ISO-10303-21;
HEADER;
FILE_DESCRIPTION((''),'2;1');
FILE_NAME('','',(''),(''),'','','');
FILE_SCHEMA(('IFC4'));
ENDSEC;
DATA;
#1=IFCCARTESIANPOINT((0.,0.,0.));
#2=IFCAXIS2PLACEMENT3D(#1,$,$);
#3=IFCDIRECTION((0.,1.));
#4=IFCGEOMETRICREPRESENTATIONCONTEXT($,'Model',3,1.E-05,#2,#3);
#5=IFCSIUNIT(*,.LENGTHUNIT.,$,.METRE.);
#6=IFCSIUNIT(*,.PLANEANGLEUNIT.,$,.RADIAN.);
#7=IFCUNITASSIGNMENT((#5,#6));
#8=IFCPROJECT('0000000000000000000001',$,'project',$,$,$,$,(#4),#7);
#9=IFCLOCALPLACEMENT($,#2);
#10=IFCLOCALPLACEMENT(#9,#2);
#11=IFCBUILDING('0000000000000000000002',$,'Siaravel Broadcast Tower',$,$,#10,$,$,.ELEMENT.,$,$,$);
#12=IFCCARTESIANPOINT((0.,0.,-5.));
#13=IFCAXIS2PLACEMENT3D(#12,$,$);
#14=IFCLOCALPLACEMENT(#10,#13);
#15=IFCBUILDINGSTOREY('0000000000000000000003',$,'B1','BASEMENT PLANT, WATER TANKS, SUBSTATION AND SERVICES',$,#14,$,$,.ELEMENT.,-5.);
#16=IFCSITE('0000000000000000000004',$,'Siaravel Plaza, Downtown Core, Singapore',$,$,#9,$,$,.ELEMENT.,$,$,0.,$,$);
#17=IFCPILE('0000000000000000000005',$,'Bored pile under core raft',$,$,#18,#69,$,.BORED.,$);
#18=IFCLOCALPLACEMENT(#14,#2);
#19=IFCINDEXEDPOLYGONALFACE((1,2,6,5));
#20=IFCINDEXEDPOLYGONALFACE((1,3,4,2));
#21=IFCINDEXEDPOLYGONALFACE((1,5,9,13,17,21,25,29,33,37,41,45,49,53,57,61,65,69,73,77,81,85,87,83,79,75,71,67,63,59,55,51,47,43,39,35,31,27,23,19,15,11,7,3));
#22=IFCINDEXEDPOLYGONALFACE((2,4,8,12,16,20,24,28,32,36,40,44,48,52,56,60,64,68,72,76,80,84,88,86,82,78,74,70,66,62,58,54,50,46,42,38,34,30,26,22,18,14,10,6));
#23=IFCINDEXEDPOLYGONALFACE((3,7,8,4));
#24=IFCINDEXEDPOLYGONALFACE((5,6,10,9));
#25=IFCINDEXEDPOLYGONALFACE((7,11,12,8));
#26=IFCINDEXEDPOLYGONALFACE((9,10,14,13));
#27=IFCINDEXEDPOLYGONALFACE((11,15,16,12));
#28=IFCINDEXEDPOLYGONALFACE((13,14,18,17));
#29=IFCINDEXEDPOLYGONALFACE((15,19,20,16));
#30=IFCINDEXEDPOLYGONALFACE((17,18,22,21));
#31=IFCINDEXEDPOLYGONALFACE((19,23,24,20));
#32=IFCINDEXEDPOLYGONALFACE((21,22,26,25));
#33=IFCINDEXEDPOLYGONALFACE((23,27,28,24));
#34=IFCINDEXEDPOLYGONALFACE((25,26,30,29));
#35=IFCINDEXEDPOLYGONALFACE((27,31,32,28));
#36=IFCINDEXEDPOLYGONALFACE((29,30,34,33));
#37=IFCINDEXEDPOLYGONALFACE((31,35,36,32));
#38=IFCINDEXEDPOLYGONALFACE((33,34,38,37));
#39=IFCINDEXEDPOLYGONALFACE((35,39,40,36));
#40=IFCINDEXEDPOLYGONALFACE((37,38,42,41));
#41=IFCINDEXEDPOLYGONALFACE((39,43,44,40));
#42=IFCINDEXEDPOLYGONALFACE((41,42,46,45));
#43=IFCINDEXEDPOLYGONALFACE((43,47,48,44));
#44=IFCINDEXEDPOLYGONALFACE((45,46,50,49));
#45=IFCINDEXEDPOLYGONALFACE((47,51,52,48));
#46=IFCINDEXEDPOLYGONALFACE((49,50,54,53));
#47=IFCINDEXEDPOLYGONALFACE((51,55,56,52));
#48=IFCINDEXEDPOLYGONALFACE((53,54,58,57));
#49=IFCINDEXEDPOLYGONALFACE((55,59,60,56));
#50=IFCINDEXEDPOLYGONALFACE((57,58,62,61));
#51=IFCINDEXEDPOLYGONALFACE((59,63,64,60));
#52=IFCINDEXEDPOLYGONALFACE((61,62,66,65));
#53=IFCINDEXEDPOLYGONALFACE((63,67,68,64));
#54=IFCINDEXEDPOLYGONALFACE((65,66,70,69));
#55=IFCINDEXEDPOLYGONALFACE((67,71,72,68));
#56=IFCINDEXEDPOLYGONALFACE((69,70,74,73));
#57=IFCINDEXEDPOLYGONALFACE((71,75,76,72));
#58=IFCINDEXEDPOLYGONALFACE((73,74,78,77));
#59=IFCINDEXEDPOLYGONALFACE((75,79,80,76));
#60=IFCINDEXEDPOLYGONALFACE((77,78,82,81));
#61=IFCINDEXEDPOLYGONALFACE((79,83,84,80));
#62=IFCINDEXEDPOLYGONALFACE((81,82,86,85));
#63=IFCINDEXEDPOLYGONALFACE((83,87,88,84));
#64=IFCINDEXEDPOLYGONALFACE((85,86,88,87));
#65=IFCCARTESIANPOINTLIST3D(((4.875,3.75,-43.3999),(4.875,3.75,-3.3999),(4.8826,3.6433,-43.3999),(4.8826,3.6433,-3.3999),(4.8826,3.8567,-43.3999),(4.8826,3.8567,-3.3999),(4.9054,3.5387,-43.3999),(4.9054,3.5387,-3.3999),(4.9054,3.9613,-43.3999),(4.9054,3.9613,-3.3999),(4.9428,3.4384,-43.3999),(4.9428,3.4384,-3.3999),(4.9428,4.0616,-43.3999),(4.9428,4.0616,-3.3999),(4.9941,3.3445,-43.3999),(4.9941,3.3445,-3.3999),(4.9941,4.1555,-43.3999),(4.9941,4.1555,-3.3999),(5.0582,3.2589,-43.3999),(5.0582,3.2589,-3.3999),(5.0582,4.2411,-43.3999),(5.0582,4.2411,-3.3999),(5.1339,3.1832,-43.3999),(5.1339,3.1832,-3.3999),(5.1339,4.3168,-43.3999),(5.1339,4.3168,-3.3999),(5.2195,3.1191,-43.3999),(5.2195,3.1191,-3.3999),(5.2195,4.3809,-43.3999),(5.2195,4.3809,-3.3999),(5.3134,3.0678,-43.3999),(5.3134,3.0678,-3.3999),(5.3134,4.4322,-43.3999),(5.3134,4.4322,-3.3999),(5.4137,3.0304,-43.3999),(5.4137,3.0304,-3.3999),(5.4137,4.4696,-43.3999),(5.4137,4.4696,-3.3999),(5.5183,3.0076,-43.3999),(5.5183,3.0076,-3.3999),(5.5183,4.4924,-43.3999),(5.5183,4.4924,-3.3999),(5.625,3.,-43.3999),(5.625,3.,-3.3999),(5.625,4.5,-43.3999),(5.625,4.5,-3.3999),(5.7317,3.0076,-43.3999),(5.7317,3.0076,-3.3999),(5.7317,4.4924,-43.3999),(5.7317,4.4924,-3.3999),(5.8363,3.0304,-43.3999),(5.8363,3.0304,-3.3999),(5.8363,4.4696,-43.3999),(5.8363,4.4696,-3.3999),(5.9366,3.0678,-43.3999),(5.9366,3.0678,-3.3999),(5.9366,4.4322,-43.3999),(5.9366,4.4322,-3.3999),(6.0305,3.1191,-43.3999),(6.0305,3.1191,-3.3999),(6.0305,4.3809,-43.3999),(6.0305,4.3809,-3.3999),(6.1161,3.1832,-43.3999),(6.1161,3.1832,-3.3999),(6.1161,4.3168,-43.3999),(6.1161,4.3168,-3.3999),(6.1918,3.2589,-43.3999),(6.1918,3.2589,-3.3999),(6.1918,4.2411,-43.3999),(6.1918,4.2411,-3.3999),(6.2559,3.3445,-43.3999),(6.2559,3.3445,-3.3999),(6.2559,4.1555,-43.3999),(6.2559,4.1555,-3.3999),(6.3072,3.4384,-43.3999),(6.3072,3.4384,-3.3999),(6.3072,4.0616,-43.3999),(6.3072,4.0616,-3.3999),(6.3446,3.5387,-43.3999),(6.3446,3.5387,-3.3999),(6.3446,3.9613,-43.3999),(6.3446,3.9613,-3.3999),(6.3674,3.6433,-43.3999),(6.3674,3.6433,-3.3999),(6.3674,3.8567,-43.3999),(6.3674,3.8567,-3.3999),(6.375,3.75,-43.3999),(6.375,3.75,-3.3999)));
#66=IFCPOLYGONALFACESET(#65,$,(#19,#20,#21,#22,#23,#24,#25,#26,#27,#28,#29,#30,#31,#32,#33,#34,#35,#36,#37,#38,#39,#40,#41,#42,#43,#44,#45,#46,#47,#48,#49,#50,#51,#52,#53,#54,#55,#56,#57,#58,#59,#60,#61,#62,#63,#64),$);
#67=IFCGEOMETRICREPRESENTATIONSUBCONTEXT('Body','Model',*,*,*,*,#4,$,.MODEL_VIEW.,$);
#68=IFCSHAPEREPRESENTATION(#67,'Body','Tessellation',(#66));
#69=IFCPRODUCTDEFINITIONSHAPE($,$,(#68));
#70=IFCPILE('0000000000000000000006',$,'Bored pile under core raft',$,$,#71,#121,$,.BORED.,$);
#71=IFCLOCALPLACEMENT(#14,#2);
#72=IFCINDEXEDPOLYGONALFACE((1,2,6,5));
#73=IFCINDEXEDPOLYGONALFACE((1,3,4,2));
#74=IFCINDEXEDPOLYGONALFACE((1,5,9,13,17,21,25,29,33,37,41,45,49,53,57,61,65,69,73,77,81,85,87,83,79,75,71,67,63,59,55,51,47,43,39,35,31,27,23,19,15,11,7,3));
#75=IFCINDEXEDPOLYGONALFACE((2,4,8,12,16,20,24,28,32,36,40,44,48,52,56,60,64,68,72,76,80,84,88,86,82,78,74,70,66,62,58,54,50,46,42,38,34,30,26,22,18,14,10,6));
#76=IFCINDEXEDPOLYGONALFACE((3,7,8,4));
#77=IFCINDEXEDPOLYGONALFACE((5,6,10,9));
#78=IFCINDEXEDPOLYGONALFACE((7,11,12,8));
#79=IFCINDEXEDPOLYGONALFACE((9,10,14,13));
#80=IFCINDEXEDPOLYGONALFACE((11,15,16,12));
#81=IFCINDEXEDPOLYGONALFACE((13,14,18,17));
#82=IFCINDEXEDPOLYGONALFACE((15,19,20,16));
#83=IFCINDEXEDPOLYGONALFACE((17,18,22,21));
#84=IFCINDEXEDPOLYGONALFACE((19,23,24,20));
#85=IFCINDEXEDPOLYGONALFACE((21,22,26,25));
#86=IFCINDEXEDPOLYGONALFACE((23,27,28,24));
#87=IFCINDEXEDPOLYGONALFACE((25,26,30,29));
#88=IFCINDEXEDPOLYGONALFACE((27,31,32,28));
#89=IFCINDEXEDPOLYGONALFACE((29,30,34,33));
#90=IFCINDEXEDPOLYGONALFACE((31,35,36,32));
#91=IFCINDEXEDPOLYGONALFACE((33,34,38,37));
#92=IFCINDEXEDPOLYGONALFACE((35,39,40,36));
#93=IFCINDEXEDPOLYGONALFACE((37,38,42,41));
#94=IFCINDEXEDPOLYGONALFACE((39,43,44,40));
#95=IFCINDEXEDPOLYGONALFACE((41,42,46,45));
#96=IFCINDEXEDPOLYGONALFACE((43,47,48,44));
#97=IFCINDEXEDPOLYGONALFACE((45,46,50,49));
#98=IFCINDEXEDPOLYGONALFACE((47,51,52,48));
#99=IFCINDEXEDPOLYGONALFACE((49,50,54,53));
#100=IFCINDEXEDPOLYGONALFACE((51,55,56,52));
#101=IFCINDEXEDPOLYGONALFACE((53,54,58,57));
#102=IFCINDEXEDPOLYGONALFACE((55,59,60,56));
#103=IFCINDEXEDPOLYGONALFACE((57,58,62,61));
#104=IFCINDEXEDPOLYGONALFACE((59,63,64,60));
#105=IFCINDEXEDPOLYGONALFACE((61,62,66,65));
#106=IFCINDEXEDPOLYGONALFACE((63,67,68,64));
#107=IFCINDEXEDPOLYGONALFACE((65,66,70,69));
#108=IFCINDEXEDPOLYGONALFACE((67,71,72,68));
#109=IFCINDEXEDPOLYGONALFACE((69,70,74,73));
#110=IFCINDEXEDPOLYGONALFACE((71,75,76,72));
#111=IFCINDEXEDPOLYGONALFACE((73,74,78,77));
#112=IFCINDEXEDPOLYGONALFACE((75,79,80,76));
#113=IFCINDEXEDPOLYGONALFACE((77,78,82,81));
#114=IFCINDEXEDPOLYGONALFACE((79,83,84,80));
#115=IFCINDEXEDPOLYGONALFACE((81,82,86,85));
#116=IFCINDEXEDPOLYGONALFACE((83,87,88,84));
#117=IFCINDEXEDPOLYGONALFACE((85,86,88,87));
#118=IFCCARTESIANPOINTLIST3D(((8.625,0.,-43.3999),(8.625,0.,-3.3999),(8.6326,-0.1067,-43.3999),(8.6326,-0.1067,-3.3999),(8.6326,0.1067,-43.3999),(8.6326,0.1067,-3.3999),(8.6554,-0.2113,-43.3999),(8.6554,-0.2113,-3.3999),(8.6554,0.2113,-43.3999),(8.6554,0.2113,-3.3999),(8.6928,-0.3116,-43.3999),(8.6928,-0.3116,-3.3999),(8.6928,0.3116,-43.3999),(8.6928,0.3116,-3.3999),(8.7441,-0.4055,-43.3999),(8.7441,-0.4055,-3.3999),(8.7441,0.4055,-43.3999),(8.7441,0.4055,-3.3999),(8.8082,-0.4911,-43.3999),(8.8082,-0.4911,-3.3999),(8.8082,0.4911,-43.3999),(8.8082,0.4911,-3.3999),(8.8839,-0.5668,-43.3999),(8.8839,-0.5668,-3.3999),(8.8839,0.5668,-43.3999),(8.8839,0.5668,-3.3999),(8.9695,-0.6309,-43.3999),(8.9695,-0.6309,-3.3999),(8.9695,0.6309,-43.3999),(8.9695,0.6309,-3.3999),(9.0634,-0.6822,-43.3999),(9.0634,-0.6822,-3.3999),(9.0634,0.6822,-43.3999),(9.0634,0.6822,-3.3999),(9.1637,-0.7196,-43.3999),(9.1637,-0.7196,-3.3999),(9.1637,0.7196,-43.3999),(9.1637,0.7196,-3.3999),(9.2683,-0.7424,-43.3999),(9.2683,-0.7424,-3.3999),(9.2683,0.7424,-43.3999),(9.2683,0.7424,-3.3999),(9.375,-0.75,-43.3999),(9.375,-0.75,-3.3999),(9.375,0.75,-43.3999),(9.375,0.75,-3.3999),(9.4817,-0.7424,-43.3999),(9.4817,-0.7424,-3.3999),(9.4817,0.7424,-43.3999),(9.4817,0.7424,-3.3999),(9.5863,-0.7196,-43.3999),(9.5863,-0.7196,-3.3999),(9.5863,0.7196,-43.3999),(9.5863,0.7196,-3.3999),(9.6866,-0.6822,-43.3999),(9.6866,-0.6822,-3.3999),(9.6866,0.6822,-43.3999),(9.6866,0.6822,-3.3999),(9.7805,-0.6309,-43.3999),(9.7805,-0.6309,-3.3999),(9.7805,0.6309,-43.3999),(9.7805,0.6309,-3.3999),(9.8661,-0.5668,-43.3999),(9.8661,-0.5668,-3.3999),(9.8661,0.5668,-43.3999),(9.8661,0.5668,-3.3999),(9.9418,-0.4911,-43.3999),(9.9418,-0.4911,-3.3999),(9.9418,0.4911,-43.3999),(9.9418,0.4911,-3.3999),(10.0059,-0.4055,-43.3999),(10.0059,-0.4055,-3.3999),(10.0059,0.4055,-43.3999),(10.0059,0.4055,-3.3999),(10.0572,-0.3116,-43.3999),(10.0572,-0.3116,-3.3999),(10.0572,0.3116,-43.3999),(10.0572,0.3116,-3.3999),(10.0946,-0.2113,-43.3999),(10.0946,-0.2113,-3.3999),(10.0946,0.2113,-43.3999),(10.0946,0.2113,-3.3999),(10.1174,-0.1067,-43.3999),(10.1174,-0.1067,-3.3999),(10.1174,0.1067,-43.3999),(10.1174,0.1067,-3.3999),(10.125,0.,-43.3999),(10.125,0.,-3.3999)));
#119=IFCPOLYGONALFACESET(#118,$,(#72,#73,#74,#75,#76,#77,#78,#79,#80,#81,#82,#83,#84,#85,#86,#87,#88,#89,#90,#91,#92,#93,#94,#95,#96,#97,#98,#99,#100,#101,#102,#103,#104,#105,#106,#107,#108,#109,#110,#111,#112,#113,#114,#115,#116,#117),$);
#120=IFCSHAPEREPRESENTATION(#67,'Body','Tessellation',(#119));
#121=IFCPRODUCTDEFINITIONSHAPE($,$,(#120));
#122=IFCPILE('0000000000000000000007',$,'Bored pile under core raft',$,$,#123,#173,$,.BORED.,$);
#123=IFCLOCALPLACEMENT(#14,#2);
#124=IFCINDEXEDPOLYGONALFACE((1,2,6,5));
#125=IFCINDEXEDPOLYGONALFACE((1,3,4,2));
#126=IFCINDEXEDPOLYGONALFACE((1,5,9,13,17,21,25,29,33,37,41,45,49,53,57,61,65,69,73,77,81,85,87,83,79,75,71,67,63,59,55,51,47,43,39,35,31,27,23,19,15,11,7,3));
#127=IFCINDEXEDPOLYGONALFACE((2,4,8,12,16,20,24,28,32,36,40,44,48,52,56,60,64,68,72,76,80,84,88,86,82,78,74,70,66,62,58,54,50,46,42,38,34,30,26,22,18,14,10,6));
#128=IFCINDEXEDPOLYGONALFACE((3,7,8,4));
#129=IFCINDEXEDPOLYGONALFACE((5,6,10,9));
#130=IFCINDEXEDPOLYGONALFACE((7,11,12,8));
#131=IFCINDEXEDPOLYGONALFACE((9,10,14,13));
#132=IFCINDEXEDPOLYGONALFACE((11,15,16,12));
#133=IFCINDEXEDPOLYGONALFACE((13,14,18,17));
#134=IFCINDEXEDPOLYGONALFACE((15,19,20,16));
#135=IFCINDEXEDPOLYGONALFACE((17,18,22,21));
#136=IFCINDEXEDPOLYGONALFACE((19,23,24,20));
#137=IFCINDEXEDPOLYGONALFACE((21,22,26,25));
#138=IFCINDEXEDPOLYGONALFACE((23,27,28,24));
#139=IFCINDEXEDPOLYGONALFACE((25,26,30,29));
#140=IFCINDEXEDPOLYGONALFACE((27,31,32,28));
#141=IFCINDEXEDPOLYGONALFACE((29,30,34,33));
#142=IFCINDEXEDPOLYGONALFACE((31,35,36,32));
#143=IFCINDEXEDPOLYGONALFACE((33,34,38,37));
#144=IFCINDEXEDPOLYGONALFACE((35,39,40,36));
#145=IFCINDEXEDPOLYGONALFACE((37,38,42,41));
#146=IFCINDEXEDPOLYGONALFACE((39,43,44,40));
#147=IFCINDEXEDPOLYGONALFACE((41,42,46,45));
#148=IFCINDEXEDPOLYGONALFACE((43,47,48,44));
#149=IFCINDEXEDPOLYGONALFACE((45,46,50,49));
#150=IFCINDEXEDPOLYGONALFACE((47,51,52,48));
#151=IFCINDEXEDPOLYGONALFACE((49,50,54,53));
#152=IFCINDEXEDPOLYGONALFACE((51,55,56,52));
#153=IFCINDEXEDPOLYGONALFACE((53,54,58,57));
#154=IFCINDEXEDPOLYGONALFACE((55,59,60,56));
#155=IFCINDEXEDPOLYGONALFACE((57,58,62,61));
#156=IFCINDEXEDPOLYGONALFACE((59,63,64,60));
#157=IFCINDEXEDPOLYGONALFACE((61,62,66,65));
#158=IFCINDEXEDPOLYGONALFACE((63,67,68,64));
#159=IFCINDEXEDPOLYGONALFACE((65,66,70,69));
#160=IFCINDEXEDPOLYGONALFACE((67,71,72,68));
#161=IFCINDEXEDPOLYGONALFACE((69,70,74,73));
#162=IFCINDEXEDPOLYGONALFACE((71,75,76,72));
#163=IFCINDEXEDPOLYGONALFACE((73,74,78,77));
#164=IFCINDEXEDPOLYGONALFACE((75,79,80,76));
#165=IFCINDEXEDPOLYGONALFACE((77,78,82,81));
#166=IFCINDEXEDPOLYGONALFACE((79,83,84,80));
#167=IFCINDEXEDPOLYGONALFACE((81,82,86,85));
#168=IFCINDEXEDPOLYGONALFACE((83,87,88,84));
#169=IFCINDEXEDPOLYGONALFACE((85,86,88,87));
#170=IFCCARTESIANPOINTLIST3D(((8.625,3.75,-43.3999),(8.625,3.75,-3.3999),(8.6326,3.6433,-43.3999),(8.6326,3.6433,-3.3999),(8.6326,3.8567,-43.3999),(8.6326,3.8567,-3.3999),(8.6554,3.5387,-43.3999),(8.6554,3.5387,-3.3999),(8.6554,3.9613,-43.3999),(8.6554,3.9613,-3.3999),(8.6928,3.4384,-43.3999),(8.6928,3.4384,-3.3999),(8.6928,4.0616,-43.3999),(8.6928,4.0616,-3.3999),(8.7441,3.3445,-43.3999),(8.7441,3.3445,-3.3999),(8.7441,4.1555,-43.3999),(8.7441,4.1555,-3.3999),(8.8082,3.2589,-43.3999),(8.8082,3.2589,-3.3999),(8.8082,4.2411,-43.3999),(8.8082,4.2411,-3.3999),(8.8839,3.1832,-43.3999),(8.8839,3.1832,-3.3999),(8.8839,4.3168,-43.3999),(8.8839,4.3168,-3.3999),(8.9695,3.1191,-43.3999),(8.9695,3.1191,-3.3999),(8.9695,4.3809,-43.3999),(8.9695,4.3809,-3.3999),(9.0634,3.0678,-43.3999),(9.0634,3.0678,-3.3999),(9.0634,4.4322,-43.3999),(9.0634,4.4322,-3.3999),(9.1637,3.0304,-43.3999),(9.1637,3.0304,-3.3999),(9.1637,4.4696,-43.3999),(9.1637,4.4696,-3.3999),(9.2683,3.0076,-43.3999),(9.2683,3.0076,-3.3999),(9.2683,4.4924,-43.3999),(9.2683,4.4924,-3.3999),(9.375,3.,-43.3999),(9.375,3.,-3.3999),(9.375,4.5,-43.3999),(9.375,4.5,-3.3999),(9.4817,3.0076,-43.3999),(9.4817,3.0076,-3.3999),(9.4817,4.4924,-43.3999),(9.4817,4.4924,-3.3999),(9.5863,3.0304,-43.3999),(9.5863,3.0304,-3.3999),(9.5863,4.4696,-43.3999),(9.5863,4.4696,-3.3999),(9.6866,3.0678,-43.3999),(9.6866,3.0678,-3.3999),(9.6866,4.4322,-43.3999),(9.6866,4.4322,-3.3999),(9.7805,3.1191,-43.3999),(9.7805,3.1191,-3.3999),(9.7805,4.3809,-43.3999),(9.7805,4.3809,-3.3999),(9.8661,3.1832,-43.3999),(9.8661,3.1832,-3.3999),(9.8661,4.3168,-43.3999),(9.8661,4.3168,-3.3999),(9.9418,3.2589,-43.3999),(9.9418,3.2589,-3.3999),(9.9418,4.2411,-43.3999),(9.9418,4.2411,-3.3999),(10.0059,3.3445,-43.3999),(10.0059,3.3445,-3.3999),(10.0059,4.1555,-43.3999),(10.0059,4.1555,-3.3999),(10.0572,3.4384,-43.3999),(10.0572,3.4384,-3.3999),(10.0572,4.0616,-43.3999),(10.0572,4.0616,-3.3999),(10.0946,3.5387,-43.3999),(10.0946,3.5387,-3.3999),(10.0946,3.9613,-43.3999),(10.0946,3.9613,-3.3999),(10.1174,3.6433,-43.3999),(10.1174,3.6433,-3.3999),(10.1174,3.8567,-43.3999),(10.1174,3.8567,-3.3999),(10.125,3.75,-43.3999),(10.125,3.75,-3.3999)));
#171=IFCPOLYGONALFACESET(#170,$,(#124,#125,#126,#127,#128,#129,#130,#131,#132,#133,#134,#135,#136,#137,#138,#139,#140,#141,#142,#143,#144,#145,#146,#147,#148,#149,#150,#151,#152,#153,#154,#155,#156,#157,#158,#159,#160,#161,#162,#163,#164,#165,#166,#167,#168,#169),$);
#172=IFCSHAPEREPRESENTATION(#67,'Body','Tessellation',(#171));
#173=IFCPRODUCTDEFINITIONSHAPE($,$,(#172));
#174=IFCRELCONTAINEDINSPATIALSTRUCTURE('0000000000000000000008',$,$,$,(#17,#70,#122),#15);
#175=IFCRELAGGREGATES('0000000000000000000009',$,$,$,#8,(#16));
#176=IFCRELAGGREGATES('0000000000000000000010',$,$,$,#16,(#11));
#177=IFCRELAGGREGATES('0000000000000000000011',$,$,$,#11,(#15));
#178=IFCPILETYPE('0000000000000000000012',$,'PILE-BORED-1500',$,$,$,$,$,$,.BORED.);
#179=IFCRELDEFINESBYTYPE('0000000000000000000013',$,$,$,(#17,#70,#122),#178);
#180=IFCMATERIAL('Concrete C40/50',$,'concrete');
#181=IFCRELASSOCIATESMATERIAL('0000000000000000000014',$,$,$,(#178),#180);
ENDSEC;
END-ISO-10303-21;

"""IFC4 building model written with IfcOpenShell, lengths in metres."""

from ifc_helpers import new_model, si_unit, direction, frame, origin, origin_2d, place, context, subcontext, project, spatial, circle, extrude, material, material_profile, profile_set, type_object, element, save


model = new_model("IFC4")

# Units and contexts
model_context = context("Model", 3, precision=1e-05, world=origin(), true_north=direction((0.0, 1.0)))
body_context = subcontext(model_context, "Body", "Model", "MODEL_VIEW")
ifc_project = project(units=[si_unit("LENGTHUNIT", "METRE"), si_unit("PLANEANGLEUNIT", "RADIAN")], contexts=[model_context])

# Site, building, storey
site_placement = place(None, origin())
site = spatial("IfcSite", under=ifc_project, at=site_placement, Name="Siaravel Plaza, Downtown Core, Singapore", CompositionType="ELEMENT", RefElevation=0.0)
building_placement = place(site_placement, origin())
building = spatial("IfcBuilding", under=site, at=building_placement, Name="Siaravel Broadcast Tower", CompositionType="ELEMENT")
storey_placement = place(building_placement, frame((0.0, 0.0, -5.0)))
storey = spatial("IfcBuildingStorey", under=building, at=storey_placement, Name="B1", Description="BASEMENT PLANT, WATER TANKS, SUBSTATION AND SERVICES", CompositionType="ELEMENT", Elevation=-5.0)

# Piles
ifc_material_1 = material(Name="Concrete C40/50", Category="concrete")
ifc_material_profile = material_profile(ifc_material_1, circle(Radius=0.75, at=origin_2d()))
ifc_profile_set = profile_set([ifc_material_profile], Name="Concrete C40/50")
pile_type = type_object("IfcPileType", Name="PILE-BORED-1500", PredefinedType="BORED", material=ifc_profile_set)
for number, where, z_axis, x_axis, name in (
    (1, (5.625, 3.75, -3.3999), (0.0, 0.0, -1.0), (1.0, 0.0, 0.0), "Bored pile under core raft"),
    (2, (9.375, 0.0, -3.3999), (0.0, 0.0, -1.0), (1.0, 0.0, 0.0), "Bored pile under core raft"),
    (3, (9.375, 3.75, -3.3999), (0.0, 0.0, -1.0), (1.0, 0.0, 0.0), "Bored pile under core raft"),
):
    element("IfcPile", number, at=place(storey_placement, frame(where, z_axis=z_axis, x_axis=x_axis)), inside=storey, type_object=pile_type, Name=name, PredefinedType="BORED", context=body_context, shape_type="SweptSolid", body=[
        extrude(circle(Radius=0.75, at=origin_2d()), origin(), (0.0, 0.0, 1.0), 40.0),
    ])

save(model, "model.ifc")
